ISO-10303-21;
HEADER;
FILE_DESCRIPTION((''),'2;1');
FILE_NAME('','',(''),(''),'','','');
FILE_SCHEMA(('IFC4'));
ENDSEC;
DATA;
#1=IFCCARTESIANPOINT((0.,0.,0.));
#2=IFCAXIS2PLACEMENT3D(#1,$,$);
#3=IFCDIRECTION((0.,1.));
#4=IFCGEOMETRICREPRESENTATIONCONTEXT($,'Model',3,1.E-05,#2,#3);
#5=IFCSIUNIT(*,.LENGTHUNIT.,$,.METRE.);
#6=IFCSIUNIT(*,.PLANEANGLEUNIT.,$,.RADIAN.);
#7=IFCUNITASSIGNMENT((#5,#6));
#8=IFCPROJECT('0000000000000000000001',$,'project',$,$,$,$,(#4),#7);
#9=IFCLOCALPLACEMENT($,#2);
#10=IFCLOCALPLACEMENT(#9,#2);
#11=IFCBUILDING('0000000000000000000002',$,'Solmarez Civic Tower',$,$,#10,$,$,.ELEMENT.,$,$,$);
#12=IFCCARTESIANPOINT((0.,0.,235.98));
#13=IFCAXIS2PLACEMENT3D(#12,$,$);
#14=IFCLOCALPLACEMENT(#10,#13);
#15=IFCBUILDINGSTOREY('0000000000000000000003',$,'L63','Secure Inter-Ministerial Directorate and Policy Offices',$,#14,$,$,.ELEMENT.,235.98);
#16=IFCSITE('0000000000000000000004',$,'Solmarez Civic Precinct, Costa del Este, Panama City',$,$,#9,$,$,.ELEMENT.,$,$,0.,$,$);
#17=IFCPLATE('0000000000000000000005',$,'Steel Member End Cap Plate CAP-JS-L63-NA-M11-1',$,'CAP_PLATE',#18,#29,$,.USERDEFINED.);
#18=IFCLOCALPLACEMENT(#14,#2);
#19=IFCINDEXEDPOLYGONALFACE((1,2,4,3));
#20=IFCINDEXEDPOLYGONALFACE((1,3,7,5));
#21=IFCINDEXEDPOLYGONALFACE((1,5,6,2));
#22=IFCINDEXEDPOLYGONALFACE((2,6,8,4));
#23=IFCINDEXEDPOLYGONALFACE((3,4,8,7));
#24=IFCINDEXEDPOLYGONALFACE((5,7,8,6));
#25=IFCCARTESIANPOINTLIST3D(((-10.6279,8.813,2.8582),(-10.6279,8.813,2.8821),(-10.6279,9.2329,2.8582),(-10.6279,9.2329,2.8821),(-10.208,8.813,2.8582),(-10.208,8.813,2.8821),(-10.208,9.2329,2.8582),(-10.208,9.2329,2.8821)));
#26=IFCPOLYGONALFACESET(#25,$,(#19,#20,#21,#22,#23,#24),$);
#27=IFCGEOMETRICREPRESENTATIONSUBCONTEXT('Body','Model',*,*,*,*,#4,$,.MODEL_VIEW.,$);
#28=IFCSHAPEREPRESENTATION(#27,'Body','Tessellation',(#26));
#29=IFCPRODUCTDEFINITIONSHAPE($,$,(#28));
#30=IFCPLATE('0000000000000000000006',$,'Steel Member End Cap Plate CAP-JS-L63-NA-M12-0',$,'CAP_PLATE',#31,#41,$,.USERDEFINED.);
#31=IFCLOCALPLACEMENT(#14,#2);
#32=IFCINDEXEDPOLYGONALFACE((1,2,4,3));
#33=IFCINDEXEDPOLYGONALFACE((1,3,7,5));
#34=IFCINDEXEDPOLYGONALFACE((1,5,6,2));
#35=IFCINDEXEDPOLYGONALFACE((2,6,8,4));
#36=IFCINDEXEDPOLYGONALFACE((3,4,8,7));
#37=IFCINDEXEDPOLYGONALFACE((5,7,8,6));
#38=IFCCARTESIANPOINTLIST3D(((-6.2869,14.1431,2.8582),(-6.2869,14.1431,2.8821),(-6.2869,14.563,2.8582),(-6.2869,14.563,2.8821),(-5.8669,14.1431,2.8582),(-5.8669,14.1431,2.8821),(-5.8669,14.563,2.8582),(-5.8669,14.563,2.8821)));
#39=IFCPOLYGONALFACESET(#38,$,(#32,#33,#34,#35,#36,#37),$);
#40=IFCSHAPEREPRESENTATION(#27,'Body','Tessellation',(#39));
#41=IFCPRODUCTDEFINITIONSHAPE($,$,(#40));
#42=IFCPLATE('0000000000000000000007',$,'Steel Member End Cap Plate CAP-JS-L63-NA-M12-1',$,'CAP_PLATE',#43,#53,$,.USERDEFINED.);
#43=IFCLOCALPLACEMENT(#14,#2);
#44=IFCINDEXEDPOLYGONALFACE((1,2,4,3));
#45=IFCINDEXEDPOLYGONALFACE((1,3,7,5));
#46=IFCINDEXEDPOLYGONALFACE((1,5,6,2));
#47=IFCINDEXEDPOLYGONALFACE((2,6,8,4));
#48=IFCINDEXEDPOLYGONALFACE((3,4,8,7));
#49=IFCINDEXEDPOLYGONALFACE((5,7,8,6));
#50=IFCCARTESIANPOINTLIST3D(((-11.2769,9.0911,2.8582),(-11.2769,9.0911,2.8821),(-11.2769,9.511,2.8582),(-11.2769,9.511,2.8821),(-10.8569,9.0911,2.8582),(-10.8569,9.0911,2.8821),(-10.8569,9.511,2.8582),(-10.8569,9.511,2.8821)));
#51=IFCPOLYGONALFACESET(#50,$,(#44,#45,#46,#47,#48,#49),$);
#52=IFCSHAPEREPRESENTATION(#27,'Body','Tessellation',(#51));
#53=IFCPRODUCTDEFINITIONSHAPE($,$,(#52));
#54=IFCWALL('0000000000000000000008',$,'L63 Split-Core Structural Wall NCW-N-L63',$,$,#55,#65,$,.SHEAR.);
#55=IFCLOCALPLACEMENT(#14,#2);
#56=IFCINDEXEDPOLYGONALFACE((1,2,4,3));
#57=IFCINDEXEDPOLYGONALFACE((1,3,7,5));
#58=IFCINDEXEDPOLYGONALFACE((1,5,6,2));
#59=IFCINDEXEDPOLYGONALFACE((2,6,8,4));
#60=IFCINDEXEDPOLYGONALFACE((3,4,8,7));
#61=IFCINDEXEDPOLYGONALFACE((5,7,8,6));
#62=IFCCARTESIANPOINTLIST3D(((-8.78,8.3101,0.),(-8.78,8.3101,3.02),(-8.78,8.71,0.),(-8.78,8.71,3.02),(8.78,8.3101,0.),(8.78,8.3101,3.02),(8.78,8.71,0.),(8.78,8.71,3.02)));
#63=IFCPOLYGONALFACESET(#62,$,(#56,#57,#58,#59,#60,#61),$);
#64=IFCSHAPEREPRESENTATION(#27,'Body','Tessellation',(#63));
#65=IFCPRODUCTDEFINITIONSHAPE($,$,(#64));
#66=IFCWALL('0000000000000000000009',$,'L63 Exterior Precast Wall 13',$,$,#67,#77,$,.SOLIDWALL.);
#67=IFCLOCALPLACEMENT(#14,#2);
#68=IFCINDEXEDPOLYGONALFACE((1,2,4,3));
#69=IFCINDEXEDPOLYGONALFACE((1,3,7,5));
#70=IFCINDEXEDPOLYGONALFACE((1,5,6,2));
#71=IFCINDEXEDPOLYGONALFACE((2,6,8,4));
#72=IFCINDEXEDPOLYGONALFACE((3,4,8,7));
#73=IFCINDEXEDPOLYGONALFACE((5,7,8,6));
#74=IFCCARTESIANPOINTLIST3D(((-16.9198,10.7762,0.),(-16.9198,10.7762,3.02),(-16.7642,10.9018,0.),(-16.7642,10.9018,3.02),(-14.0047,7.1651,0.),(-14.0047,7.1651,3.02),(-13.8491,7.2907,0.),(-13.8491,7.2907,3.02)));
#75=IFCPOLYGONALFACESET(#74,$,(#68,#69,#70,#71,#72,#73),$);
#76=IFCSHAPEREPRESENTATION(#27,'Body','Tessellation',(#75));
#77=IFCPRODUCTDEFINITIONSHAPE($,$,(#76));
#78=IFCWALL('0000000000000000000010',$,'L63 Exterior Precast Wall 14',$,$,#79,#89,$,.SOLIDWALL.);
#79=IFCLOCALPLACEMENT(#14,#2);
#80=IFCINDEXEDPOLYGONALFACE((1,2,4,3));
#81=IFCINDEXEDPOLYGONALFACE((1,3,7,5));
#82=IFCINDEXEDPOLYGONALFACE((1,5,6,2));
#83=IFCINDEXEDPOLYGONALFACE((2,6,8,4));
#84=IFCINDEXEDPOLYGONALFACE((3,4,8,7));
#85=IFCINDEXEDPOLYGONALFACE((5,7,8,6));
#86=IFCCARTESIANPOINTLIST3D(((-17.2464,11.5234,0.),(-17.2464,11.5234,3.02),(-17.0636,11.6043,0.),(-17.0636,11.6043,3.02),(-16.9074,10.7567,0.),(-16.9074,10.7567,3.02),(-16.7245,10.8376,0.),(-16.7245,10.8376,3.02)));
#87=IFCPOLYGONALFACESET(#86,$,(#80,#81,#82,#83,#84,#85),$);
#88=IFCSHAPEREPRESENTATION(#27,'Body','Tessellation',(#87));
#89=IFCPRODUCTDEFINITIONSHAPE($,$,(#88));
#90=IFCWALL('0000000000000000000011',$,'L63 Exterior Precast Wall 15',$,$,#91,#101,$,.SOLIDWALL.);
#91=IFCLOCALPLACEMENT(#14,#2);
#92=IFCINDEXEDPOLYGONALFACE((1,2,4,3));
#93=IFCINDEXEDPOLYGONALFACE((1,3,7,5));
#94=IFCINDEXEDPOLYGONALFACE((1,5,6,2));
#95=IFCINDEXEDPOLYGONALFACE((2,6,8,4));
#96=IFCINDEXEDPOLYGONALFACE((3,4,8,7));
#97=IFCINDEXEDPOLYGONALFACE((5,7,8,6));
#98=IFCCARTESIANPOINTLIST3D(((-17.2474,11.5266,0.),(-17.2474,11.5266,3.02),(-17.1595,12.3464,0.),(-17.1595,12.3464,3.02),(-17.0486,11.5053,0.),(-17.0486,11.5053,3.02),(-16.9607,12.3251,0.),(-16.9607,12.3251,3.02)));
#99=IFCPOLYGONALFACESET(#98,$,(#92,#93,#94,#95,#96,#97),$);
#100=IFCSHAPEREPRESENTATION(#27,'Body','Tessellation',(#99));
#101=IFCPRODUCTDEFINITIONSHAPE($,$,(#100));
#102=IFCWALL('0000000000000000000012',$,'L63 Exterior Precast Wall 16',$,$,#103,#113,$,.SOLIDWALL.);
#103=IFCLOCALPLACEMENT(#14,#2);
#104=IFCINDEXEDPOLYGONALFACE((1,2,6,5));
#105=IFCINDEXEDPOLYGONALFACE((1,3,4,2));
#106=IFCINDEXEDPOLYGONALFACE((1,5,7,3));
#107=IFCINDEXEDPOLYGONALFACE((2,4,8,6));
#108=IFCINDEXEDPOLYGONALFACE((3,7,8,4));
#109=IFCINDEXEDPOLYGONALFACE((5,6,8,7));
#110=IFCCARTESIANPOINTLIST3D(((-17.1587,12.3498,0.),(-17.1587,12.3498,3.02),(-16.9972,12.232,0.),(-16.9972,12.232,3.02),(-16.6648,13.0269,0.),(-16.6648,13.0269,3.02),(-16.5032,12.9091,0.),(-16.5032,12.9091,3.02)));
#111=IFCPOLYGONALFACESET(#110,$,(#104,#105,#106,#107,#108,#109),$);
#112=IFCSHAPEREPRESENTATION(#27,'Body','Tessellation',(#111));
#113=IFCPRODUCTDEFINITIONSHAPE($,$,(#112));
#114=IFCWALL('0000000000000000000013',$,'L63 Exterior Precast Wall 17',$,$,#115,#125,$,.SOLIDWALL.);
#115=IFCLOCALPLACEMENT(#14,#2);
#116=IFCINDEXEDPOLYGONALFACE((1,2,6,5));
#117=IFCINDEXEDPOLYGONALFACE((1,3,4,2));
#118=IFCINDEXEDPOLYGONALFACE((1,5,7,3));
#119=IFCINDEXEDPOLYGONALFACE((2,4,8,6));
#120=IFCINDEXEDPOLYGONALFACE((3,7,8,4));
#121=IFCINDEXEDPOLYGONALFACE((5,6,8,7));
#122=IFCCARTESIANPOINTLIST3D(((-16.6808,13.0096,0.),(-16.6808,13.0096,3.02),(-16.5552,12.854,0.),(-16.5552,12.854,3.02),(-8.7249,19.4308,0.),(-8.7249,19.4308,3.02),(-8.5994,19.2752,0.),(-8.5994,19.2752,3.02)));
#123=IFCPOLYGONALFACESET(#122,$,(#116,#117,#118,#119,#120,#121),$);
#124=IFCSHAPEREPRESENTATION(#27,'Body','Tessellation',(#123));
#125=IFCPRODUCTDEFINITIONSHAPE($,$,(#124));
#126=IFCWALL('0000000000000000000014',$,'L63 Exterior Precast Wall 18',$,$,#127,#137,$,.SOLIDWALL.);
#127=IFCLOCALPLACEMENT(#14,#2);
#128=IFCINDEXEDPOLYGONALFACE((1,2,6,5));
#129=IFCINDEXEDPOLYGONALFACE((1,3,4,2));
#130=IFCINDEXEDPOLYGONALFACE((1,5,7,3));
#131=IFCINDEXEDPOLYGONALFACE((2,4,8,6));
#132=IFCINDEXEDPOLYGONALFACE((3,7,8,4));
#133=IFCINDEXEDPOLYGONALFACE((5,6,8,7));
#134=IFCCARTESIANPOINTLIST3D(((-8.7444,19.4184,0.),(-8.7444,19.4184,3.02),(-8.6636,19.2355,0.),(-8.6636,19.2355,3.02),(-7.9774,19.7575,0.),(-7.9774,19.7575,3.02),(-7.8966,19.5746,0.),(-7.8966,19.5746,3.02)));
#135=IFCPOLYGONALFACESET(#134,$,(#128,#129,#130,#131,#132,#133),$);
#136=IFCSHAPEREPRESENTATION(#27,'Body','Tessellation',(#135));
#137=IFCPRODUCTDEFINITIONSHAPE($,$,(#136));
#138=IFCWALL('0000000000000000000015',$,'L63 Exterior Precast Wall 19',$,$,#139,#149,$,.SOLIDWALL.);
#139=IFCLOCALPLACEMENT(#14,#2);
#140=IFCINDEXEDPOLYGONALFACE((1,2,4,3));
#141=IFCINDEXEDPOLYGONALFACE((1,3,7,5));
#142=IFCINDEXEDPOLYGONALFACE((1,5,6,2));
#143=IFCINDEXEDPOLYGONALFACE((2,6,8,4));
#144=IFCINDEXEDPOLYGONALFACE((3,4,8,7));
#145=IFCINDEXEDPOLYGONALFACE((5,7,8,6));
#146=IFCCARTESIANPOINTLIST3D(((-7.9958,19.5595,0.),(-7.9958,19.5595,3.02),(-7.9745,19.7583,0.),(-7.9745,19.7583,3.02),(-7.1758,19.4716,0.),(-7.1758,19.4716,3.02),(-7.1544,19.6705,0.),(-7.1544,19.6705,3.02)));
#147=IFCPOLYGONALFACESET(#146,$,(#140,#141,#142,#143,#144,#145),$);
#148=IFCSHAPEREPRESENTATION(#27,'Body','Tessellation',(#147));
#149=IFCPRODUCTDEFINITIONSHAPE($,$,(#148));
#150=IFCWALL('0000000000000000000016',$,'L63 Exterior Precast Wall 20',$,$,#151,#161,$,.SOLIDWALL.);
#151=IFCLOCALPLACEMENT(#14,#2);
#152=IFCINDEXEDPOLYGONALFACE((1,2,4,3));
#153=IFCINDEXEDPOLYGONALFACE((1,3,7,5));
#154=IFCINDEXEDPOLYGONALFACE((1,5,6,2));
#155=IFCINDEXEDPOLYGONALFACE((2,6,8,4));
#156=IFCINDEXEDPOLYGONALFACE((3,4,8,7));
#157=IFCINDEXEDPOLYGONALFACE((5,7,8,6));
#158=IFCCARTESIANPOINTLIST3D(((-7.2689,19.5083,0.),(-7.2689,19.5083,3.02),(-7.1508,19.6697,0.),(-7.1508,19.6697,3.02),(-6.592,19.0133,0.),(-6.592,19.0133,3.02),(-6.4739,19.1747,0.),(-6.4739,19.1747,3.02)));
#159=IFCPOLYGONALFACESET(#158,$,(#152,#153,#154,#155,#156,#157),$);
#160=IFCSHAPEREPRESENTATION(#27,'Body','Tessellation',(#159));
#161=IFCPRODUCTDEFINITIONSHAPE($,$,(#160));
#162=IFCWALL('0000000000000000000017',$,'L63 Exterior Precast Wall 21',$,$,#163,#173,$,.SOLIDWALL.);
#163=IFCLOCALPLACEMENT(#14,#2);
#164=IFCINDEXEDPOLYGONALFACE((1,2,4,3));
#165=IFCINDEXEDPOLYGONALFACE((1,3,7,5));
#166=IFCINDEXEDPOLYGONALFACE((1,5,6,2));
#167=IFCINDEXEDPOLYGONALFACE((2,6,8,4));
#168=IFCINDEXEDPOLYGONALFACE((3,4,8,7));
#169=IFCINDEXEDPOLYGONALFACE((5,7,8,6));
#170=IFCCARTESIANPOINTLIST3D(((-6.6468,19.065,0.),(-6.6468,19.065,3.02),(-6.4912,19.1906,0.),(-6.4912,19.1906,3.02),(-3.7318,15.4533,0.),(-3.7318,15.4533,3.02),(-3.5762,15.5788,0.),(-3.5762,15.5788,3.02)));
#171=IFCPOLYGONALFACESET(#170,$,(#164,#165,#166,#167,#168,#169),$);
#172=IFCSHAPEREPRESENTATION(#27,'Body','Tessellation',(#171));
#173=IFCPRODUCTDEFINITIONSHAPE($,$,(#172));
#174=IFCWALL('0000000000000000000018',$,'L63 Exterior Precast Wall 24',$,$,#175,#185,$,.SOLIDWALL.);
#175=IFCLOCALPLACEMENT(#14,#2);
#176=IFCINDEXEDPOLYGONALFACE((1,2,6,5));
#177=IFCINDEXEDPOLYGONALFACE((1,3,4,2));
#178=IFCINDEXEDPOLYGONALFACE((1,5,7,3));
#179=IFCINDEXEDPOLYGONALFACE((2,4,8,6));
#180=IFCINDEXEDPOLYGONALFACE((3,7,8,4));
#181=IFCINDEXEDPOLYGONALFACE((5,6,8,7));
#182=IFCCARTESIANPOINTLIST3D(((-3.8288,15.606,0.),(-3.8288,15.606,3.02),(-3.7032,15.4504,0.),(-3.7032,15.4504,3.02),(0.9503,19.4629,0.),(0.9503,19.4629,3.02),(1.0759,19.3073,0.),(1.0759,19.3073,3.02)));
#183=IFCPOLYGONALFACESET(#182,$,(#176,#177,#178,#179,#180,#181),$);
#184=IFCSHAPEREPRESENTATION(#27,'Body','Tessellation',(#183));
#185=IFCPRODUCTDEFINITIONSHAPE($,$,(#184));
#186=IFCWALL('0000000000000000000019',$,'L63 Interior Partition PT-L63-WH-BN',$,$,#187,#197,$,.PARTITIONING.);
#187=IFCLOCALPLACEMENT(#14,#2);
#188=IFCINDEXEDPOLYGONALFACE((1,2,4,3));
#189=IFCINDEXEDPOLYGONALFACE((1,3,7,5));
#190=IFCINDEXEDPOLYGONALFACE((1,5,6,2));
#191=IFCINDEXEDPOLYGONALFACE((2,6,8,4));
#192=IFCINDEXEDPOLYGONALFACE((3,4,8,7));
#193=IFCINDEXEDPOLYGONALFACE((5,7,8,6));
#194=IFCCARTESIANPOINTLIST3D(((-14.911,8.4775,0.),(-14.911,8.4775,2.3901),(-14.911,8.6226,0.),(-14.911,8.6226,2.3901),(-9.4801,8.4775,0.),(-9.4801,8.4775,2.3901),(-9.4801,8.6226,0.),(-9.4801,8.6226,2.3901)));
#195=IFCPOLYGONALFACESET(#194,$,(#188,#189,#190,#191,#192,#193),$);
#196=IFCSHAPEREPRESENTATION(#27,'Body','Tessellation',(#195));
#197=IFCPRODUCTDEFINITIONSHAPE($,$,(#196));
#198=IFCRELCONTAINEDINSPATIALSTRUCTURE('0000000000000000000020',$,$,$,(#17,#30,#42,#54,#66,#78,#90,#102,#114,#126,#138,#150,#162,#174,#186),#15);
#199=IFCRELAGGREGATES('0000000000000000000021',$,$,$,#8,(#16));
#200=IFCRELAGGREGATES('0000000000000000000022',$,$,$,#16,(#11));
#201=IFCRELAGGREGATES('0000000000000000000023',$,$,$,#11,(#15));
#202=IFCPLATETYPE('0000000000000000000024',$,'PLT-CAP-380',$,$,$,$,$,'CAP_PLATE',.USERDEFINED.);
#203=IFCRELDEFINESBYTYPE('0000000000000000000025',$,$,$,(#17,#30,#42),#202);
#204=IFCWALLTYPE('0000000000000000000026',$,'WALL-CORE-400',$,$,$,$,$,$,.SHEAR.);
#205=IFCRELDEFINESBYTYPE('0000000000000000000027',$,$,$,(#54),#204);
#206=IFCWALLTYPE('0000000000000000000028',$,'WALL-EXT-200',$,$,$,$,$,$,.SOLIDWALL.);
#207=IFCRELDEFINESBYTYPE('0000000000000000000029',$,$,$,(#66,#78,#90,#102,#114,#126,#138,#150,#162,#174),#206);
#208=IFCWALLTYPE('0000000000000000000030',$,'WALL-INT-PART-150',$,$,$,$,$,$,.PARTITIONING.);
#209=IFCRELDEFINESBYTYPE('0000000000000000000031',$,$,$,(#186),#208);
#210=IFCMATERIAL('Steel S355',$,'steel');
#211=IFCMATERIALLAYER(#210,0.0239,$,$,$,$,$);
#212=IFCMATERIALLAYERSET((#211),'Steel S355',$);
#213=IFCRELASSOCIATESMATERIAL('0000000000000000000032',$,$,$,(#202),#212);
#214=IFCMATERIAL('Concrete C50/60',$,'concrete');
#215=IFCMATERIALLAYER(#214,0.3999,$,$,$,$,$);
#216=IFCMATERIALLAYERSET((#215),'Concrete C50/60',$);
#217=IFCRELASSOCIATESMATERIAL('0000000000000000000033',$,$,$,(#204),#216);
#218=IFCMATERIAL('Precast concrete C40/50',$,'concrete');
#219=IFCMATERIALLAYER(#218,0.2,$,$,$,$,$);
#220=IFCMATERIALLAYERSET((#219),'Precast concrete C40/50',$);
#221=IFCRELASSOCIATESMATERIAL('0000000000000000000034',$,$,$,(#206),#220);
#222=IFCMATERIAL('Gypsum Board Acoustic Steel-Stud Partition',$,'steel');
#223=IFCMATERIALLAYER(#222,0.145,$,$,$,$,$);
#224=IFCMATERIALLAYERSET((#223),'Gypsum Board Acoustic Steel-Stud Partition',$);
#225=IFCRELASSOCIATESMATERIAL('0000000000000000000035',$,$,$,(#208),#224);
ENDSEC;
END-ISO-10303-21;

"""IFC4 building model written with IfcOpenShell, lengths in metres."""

from ifc_helpers import new_model, si_unit, direction, frame, frame_2d, origin, origin_2d, place, context, subcontext, project, spatial, rectangle, extrude, material, layer, layer_set, type_object, element, save


model = new_model("IFC4")

# Units and contexts
model_context = context("Model", 3, precision=1e-05, world=origin(), true_north=direction((0.0, 1.0)))
body_context = subcontext(model_context, "Body", "Model", "MODEL_VIEW")
ifc_project = project(units=[si_unit("LENGTHUNIT", "METRE"), si_unit("PLANEANGLEUNIT", "RADIAN")], contexts=[model_context])

# Site, building, storey
site_placement = place(None, origin())
site = spatial("IfcSite", under=ifc_project, at=site_placement, Name="Solmarez Civic Precinct, Costa del Este, Panama City", CompositionType="ELEMENT", RefElevation=0.0)
building_placement = place(site_placement, origin())
building = spatial("IfcBuilding", under=site, at=building_placement, Name="Solmarez Civic Tower", CompositionType="ELEMENT")
storey_placement = place(building_placement, frame((0.0, 0.0, 235.98)))
storey = spatial("IfcBuildingStorey", under=building, at=storey_placement, Name="L63", Description="Secure Inter-Ministerial Directorate and Policy Offices", CompositionType="ELEMENT", Elevation=235.98)

# Shared definitions
ifc_material_1 = material(Name="Concrete C50/60", Category="concrete")
ifc_material_2 = material(Name="Steel S355", Category="steel")

# Plates
ifc_layer_1 = layer(ifc_material_2, 0.0239)
ifc_layer_set_1 = layer_set([ifc_layer_1], Name="Steel S355")
plate_type = type_object("IfcPlateType", Name="PLT-CAP-380", ElementType="CAP_PLATE", PredefinedType="USERDEFINED", material=ifc_layer_set_1)
for number, where, z_axis, x_axis, name in (
    (1, (-10.418, 9.0229, 2.8582), (0.0, 0.0, 1.0), (1.0, 0.0, 0.0), "Steel Member End Cap Plate CAP-JS-L63-NA-M11-1"),
    (2, (-6.0769, 14.353, 2.8582), (0.0, 0.0, 1.0), (1.0, 0.0, 0.0), "Steel Member End Cap Plate CAP-JS-L63-NA-M12-0"),
    (3, (-11.0669, 9.301, 2.8582), (0.0, 0.0, 1.0), (1.0, 0.0, 0.0), "Steel Member End Cap Plate CAP-JS-L63-NA-M12-1"),
):
    element("IfcPlate", number, at=place(storey_placement, frame(where, z_axis=z_axis, x_axis=x_axis)), inside=storey, type_object=plate_type, Name=name, ObjectType="CAP_PLATE", PredefinedType="USERDEFINED", context=body_context, shape_type="SweptSolid", body=[
        extrude(rectangle(XDim=0.4199, YDim=0.4199, at=origin_2d()), origin(), (0.0, 0.0, 1.0), 0.0239),
    ])

# Walls
ifc_layer_2 = layer(ifc_material_1, 0.3999)
ifc_layer_set_2 = layer_set([ifc_layer_2], Name="Concrete C50/60")
wall_type_1 = type_object("IfcWallType", Name="WALL-CORE-400", PredefinedType="SHEAR", material=ifc_layer_set_2)
wall_1_placement = place(storey_placement, frame((-8.78, 8.51, 0.0), z_axis=(0.0, 0.0, 1.0), x_axis=(1.0, 0.0, 0.0)))
element("IfcWall", 4, at=wall_1_placement, inside=storey, type_object=wall_type_1, Name="L63 Split-Core Structural Wall NCW-N-L63", PredefinedType="SHEAR", context=body_context, shape_type="SweptSolid", body=[
    extrude(rectangle(XDim=17.5601, YDim=0.3999, at=frame_2d((8.78, 0.0))), origin(), (0.0, 0.0, 1.0), 3.02),
])
ifc_material_3 = material(Name="Precast concrete C40/50", Category="concrete")
ifc_layer_3 = layer(ifc_material_3, 0.2)
ifc_layer_set_3 = layer_set([ifc_layer_3], Name="Precast concrete C40/50")
wall_type_2 = type_object("IfcWallType", Name="WALL-EXT-200", PredefinedType="SOLIDWALL", material=ifc_layer_set_3)
wall_2_placement = place(storey_placement, frame((-13.927, 7.228, 0.0), z_axis=(0.0, 0.0, 1.0), x_axis=(-0.628128, 0.77811, 0.0)))
element("IfcWall", 5, at=wall_2_placement, inside=storey, type_object=wall_type_2, Name="L63 Exterior Precast Wall 13", PredefinedType="SOLIDWALL", context=body_context, shape_type="SweptSolid", body=[
    extrude(rectangle(XDim=4.6409, YDim=0.2, at=frame_2d((2.3203, 0.0))), origin(), (0.0, 0.0, 1.0), 3.02),
])
wall_3_placement = place(storey_placement, frame((-16.8159, 10.7971, 0.0), z_axis=(0.0, 0.0, 1.0), x_axis=(-0.404436, 0.914566, 0.0)))
element("IfcWall", 6, at=wall_3_placement, inside=storey, type_object=wall_type_2, Name="L63 Exterior Precast Wall 14", PredefinedType="SOLIDWALL", context=body_context, shape_type="SweptSolid", body=[
    extrude(rectangle(XDim=0.8384, YDim=0.2, at=frame_2d((0.4192, 0.0))), origin(), (0.0, 0.0, 1.0), 3.02),
])
wall_4_placement = place(storey_placement, frame((-17.1479, 11.5161, 0.0), z_axis=(0.0, 0.0, 1.0), x_axis=(0.106596, 0.994302, 0.0)))
element("IfcWall", 7, at=wall_4_placement, inside=storey, type_object=wall_type_2, Name="L63 Exterior Precast Wall 15", PredefinedType="SOLIDWALL", context=body_context, shape_type="SweptSolid", body=[
    extrude(rectangle(XDim=0.8245, YDim=0.2, at=frame_2d((0.4121, 0.0))), origin(), (0.0, 0.0, 1.0), 3.02),
])
wall_5_placement = place(storey_placement, frame((-17.0779, 12.291, 0.0), z_axis=(0.0, 0.0, 1.0), x_axis=(0.589366, 0.807866, 0.0)))
element("IfcWall", 8, at=wall_5_placement, inside=storey, type_object=wall_type_2, Name="L63 Exterior Precast Wall 16", PredefinedType="SOLIDWALL", context=body_context, shape_type="SweptSolid", body=[
    extrude(rectangle(XDim=0.8381, YDim=0.2, at=frame_2d((0.4189, 0.0))), origin(), (0.0, 0.0, 1.0), 3.02),
])
wall_6_placement = place(storey_placement, frame((-16.6179, 12.9319, 0.0), z_axis=(0.0, 0.0, 1.0), x_axis=(0.778166, 0.628059, 0.0)))
element("IfcWall", 9, at=wall_6_placement, inside=storey, type_object=wall_type_2, Name="L63 Exterior Precast Wall 17", PredefinedType="SOLIDWALL", context=body_context, shape_type="SweptSolid", body=[
    extrude(rectangle(XDim=10.2239, YDim=0.2, at=frame_2d((5.1118, 0.0))), origin(), (0.0, 0.0, 1.0), 3.02),
])
wall_7_placement = place(storey_placement, frame((-8.7041, 19.3269, 0.0), z_axis=(0.0, 0.0, 1.0), x_axis=(0.914614, 0.404328, 0.0)))
element("IfcWall", 10, at=wall_7_placement, inside=storey, type_object=wall_type_2, Name="L63 Exterior Precast Wall 18", PredefinedType="SOLIDWALL", context=body_context, shape_type="SweptSolid", body=[
    extrude(rectangle(XDim=0.8386, YDim=0.2, at=frame_2d((0.4194, 0.0))), origin(), (0.0, 0.0, 1.0), 3.02),
])
wall_8_placement = place(storey_placement, frame((-7.9851, 19.6589, 0.0), z_axis=(0.0, 0.0, 1.0), x_axis=(0.994306, -0.106564, 0.0)))
element("IfcWall", 11, at=wall_8_placement, inside=storey, type_object=wall_type_2, Name="L63 Exterior Precast Wall 19", PredefinedType="SOLIDWALL", context=body_context, shape_type="SweptSolid", body=[
    extrude(rectangle(XDim=0.8247, YDim=0.2, at=frame_2d((0.4124, 0.0))), origin(), (0.0, 0.0, 1.0), 3.02),
])
wall_9_placement = place(storey_placement, frame((-7.21, 19.5891, 0.0), z_axis=(0.0, 0.0, 1.0), x_axis=(0.807172, -0.590316, 0.0)))
element("IfcWall", 12, at=wall_9_placement, inside=storey, type_object=wall_type_2, Name="L63 Exterior Precast Wall 20", PredefinedType="SOLIDWALL", context=body_context, shape_type="SweptSolid", body=[
    extrude(rectangle(XDim=0.8386, YDim=0.2, at=frame_2d((0.4194, 0.0))), origin(), (0.0, 0.0, 1.0), 3.02),
])
wall_10_placement = place(storey_placement, frame((-6.5691, 19.1279, 0.0), z_axis=(0.0, 0.0, 1.0), x_axis=(0.628051, -0.778173, 0.0)))
element("IfcWall", 13, at=wall_10_placement, inside=storey, type_object=wall_type_2, Name="L63 Exterior Precast Wall 21", PredefinedType="SOLIDWALL", context=body_context, shape_type="SweptSolid", body=[
    extrude(rectangle(XDim=4.6414, YDim=0.2, at=frame_2d((2.3208, 0.0))), origin(), (0.0, 0.0, 1.0), 3.02),
])
wall_11_placement = place(storey_placement, frame((-3.7661, 15.5281, 0.0), z_axis=(0.0, 0.0, 1.0), x_axis=(0.778186, 0.628034, 0.0)))
element("IfcWall", 14, at=wall_11_placement, inside=storey, type_object=wall_type_2, Name="L63 Exterior Precast Wall 24", PredefinedType="SOLIDWALL", context=body_context, shape_type="SweptSolid", body=[
    extrude(rectangle(XDim=6.1414, YDim=0.2, at=frame_2d((3.0708, 0.0))), origin(), (0.0, 0.0, 1.0), 3.02),
])
ifc_material_4 = material(Name="Gypsum Board Acoustic Steel-Stud Partition", Category="steel")
ifc_layer_4 = layer(ifc_material_4, 0.145)
ifc_layer_set_4 = layer_set([ifc_layer_4], Name="Gypsum Board Acoustic Steel-Stud Partition")
wall_type_3 = type_object("IfcWallType", Name="WALL-INT-PART-150", PredefinedType="PARTITIONING", material=ifc_layer_set_4)
wall_12_placement = place(storey_placement, frame((-14.9109, 8.55, 0.0), z_axis=(0.0, 0.0, 1.0), x_axis=(1.0, 0.0, 0.0)))
element("IfcWall", 15, at=wall_12_placement, inside=storey, type_object=wall_type_3, Name="L63 Interior Partition PT-L63-WH-BN", PredefinedType="PARTITIONING", context=body_context, shape_type="SweptSolid", body=[
    extrude(rectangle(XDim=5.4309, YDim=0.145, at=frame_2d((2.7153, 0.0))), origin(), (0.0, 0.0, 1.0), 2.3901),
])

save(model, "model.ifc")
